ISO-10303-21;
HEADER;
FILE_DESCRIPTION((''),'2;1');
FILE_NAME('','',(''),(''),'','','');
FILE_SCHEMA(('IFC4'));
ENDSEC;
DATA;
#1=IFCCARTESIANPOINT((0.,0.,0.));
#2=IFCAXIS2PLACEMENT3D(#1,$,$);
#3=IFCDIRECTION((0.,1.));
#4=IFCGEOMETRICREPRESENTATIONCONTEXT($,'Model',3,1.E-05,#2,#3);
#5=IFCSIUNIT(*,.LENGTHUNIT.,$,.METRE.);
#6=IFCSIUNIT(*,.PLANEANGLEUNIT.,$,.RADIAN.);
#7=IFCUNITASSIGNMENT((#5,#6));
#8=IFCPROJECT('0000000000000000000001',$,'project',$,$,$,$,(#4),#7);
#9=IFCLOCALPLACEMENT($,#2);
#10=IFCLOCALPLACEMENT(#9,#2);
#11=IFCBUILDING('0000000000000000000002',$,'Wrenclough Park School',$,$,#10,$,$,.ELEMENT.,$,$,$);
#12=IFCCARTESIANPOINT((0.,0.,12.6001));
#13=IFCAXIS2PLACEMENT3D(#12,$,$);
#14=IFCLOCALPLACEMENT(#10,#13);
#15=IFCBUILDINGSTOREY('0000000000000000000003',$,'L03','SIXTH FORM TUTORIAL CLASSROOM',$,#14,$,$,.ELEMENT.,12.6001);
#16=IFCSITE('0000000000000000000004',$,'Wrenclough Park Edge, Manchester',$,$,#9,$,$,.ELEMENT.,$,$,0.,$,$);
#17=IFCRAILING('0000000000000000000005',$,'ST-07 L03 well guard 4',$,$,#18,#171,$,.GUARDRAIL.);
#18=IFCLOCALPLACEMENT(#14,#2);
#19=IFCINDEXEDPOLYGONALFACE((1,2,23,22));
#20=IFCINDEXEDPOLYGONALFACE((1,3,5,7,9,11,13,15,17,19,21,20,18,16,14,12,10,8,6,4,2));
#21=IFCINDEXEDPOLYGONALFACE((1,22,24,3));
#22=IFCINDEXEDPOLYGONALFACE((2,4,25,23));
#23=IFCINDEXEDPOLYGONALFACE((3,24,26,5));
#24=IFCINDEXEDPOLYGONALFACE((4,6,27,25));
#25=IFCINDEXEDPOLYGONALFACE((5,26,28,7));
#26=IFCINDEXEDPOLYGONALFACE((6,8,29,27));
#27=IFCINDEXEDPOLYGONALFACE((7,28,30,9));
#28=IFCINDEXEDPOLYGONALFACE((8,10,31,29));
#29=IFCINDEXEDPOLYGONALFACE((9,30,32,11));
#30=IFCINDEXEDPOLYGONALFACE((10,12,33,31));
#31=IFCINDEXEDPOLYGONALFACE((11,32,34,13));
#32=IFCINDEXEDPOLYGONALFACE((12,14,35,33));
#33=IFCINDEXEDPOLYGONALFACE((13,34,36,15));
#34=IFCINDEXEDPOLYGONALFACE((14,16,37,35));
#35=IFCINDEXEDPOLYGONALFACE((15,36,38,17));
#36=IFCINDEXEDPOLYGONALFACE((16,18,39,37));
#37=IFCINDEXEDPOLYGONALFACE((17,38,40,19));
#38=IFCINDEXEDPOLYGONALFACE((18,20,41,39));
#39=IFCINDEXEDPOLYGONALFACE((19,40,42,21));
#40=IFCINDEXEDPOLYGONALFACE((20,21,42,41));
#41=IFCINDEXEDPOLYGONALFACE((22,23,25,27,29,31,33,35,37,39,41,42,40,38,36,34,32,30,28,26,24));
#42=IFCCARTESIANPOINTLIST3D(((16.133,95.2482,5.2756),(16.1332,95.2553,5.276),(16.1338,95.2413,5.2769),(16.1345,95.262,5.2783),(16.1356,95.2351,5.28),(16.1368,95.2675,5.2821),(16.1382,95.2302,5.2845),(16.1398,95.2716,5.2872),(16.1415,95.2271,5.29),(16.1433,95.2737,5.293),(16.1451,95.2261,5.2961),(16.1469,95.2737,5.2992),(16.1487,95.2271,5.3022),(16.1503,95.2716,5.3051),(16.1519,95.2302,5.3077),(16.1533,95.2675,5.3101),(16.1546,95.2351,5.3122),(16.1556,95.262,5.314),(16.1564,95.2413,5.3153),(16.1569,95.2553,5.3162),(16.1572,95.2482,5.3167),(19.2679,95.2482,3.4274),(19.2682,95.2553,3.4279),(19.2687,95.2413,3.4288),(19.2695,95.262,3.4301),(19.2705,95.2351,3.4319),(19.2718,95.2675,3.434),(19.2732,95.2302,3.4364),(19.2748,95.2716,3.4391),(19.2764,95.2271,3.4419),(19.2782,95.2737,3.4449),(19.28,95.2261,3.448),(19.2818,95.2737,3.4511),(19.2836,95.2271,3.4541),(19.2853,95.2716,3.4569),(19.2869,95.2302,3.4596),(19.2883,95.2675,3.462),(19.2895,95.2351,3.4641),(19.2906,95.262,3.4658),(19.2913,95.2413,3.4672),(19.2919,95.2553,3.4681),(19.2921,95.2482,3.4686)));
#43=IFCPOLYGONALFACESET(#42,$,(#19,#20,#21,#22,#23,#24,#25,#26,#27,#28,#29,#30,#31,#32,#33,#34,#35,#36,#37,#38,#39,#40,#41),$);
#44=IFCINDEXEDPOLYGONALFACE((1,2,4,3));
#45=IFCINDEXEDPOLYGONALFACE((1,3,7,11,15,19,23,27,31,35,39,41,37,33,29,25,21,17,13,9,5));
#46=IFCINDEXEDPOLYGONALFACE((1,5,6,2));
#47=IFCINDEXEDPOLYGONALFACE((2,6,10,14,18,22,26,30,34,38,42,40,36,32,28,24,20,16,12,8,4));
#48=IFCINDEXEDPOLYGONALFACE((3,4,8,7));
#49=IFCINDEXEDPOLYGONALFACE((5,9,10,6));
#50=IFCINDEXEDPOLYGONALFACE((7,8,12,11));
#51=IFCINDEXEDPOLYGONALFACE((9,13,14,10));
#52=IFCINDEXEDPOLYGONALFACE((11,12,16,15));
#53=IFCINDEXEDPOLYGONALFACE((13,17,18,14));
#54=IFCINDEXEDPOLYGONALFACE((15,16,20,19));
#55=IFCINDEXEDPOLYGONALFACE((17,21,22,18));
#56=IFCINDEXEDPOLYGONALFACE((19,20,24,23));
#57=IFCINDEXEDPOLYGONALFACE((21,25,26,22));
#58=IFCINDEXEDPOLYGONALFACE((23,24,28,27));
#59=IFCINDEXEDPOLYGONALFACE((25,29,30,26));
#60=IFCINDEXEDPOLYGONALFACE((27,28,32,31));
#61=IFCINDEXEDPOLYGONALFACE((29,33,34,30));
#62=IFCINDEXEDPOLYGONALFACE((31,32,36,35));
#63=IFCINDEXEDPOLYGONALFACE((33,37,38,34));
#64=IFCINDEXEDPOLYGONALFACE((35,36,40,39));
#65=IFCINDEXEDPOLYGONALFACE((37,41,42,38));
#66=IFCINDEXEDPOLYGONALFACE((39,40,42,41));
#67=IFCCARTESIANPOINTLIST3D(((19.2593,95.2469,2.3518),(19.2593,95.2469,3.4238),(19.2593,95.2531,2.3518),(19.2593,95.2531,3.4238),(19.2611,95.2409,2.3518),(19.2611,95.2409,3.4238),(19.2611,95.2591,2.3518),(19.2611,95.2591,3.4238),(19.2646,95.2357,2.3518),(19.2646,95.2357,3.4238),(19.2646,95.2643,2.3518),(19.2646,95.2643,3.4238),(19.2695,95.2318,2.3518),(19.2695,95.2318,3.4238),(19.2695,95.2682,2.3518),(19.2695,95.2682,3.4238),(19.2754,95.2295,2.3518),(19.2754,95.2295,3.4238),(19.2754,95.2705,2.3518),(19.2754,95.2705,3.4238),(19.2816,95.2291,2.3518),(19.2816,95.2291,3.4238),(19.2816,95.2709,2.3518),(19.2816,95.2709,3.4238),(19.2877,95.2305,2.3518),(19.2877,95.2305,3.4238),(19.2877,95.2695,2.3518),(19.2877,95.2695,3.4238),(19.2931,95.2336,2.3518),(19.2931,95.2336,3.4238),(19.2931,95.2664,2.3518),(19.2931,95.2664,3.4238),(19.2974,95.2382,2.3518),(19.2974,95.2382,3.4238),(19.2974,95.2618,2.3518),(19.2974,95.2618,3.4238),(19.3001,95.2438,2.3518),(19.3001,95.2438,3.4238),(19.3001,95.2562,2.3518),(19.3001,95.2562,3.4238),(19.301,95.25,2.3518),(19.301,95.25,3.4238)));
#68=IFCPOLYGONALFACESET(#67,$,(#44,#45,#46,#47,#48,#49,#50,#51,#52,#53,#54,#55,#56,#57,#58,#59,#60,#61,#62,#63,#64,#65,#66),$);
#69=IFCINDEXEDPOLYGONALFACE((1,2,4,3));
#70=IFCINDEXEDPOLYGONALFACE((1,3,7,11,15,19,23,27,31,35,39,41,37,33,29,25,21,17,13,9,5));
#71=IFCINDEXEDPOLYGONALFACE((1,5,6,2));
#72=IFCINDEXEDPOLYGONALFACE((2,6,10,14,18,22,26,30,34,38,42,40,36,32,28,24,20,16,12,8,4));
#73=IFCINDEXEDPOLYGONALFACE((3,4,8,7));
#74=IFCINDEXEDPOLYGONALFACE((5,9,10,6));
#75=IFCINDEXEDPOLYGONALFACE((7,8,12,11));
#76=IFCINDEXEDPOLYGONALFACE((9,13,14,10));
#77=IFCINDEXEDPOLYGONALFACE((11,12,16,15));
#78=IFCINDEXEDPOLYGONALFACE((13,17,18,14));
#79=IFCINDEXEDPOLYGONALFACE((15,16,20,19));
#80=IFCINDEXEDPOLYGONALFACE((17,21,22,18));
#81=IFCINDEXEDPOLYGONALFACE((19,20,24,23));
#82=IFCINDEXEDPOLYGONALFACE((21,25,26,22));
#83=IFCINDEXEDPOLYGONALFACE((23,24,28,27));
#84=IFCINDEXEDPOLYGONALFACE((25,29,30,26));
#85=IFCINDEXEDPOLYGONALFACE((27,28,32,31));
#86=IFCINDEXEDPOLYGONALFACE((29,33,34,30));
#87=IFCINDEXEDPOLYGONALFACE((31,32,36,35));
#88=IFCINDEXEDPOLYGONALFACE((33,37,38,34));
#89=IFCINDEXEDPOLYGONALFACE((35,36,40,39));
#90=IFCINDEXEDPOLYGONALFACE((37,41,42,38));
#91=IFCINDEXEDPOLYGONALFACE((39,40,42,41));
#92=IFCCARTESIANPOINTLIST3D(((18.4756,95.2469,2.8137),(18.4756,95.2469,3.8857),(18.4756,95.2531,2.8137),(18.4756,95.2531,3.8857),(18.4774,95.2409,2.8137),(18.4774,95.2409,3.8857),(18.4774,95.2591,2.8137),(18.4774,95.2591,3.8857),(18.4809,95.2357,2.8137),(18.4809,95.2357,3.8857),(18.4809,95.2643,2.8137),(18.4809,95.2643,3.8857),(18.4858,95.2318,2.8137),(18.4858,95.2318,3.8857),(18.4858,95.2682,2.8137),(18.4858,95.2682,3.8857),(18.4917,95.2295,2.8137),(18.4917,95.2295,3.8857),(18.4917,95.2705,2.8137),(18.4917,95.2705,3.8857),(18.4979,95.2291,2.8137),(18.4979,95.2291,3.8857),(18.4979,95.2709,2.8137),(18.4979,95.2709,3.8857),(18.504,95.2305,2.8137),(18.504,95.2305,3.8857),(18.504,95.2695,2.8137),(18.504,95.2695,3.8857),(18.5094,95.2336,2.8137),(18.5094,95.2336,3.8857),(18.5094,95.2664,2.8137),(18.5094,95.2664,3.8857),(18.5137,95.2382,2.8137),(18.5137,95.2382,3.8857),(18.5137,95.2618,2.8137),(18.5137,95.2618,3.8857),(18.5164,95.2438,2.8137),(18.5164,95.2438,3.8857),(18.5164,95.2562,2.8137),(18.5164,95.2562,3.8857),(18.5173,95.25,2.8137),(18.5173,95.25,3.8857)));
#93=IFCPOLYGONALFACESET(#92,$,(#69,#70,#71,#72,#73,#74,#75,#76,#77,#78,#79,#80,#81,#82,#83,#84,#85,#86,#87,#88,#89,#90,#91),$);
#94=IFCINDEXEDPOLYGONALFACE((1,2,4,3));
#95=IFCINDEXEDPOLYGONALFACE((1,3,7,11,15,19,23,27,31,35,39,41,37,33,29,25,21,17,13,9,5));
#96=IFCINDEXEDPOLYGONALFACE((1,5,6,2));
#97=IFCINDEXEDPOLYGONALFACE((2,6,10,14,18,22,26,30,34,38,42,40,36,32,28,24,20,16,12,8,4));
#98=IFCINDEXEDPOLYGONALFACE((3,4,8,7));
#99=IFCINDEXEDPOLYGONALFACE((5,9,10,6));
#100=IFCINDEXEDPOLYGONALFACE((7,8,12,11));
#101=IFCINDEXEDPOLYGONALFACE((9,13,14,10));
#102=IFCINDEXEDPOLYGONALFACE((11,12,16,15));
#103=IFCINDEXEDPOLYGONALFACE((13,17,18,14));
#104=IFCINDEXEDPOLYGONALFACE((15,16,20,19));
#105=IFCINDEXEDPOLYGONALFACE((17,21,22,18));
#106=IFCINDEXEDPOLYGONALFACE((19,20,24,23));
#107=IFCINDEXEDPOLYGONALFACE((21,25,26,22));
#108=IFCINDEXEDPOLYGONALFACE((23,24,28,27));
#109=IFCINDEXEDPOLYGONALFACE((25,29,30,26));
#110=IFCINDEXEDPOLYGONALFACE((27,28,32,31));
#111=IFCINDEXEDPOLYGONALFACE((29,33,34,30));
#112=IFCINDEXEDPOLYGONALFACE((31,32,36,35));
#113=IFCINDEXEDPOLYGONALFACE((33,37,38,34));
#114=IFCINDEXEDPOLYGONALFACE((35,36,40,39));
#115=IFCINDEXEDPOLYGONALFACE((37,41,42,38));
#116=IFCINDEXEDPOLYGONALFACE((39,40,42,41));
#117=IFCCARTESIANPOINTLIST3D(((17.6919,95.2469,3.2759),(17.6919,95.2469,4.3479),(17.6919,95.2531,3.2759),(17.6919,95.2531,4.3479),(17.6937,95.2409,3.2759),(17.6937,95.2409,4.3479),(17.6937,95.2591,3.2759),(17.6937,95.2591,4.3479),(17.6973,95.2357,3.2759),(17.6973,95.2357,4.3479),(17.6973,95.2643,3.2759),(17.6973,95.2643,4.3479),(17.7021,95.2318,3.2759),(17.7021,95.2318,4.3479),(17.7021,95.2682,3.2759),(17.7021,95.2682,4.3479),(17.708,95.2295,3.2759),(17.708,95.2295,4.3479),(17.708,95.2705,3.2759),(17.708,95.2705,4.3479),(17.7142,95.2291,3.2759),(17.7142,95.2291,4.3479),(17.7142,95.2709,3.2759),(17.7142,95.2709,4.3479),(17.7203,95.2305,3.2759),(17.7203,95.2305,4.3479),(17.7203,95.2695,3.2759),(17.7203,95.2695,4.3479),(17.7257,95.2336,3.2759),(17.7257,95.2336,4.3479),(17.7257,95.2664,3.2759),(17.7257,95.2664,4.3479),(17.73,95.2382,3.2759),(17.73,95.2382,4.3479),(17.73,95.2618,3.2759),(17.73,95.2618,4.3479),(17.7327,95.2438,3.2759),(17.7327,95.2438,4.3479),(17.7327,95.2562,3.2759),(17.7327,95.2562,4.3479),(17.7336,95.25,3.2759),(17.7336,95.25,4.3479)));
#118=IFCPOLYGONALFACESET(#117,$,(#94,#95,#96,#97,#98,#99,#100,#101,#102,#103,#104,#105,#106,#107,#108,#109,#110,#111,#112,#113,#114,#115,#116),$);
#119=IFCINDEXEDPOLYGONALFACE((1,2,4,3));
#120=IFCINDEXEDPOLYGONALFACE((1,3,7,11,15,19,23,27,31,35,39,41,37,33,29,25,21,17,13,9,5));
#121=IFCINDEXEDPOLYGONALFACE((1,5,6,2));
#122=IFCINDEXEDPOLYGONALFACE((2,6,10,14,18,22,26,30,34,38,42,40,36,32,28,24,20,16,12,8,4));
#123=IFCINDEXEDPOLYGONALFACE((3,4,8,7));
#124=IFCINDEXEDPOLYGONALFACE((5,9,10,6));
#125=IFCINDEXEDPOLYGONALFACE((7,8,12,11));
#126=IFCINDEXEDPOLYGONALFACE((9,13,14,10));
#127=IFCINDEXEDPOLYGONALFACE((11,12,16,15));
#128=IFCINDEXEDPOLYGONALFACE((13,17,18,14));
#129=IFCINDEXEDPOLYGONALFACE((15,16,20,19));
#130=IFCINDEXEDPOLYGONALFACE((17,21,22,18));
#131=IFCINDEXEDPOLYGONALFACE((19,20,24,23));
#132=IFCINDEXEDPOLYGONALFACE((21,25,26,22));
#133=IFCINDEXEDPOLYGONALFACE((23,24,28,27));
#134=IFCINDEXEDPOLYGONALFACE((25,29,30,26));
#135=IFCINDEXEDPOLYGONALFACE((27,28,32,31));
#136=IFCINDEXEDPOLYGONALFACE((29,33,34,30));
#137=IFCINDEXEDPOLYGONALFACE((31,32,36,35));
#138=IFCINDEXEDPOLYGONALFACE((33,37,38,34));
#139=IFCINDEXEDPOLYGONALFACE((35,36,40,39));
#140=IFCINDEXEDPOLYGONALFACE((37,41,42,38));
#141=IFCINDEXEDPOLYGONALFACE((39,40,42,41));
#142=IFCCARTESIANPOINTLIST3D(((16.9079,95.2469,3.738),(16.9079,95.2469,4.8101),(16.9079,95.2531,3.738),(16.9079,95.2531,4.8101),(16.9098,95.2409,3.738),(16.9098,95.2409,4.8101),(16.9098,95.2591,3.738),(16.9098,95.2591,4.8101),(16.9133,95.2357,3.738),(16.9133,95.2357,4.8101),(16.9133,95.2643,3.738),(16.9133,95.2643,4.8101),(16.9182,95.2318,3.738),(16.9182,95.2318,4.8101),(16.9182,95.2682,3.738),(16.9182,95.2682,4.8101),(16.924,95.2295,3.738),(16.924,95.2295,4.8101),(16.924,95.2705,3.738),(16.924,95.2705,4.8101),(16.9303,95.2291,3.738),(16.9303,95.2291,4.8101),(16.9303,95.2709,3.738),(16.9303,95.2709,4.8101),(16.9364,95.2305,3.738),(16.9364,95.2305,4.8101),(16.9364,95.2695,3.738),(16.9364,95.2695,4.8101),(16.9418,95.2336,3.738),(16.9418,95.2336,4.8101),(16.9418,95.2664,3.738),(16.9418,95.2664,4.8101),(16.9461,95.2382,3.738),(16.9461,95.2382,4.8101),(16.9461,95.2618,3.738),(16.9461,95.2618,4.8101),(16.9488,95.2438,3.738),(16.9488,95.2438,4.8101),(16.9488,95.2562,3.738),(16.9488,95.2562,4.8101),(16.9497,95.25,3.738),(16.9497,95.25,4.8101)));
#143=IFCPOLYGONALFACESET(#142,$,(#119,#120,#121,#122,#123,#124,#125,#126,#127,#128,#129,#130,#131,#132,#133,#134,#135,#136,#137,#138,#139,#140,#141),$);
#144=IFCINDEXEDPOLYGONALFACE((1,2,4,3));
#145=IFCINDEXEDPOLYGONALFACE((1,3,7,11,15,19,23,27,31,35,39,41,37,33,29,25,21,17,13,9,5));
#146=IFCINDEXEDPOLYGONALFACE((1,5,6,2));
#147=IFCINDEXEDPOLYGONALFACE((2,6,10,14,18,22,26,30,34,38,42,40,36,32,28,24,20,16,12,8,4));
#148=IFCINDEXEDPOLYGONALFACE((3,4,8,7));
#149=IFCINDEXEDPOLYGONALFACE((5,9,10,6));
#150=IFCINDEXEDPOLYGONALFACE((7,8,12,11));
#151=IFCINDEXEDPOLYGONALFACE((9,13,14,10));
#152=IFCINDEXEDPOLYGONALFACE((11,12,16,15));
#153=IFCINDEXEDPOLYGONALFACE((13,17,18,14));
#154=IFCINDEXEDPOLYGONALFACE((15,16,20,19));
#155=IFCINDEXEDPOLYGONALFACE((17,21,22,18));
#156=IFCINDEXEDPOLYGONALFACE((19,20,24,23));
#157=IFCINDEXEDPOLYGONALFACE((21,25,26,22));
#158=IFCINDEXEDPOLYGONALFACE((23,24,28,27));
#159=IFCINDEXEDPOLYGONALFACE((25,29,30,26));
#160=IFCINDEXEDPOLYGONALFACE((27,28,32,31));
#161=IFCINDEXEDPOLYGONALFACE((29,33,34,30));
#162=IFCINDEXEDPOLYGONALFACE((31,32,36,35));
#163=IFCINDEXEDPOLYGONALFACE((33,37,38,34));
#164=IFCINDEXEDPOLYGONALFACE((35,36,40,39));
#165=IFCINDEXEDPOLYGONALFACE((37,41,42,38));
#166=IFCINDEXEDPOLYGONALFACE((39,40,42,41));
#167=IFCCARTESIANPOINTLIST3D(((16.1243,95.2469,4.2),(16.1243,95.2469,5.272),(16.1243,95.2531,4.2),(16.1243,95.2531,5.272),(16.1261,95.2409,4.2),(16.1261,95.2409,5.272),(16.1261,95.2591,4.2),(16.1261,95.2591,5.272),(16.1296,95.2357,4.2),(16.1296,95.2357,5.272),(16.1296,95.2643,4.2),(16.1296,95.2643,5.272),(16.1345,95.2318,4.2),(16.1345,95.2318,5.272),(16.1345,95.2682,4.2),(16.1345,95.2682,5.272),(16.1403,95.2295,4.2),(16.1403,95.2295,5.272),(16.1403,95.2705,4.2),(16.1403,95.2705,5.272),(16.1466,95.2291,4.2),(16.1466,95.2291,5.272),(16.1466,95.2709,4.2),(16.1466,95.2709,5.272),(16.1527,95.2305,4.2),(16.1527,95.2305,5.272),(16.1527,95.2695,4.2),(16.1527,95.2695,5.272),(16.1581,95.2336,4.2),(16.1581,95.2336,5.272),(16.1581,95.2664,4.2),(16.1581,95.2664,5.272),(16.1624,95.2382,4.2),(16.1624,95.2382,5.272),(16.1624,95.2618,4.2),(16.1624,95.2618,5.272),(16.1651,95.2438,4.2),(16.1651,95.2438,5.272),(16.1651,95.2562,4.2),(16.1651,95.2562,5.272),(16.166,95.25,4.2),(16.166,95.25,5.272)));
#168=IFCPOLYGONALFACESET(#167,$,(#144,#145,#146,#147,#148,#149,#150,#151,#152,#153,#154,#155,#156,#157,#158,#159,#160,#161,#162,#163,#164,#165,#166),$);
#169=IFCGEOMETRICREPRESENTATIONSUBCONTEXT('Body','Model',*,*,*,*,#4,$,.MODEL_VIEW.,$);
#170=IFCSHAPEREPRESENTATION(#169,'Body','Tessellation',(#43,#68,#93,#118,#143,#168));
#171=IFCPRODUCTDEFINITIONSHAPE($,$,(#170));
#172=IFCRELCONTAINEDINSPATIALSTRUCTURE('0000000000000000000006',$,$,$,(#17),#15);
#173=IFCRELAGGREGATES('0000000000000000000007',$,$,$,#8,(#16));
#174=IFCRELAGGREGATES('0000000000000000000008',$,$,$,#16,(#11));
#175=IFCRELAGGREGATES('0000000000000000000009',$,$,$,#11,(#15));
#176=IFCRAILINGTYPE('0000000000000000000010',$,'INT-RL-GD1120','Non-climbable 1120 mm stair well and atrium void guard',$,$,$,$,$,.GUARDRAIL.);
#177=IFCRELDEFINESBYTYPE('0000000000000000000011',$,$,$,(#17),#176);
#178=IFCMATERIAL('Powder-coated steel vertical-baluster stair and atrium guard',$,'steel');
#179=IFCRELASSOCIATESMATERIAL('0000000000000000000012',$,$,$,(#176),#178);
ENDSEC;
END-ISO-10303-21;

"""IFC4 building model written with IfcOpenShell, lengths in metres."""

from ifc_helpers import new_model, si_unit, direction, frame, origin, origin_2d, place, context, subcontext, project, spatial, circle, extrude, material, type_object, element, save


model = new_model("IFC4")

# Units and contexts
model_context = context("Model", 3, precision=1e-05, world=origin(), true_north=direction((0.0, 1.0)))
body_context = subcontext(model_context, "Body", "Model", "MODEL_VIEW")
ifc_project = project(units=[si_unit("LENGTHUNIT", "METRE"), si_unit("PLANEANGLEUNIT", "RADIAN")], contexts=[model_context])

# Site, building, storey
site_placement = place(None, origin())
site = spatial("IfcSite", under=ifc_project, at=site_placement, Name="Wrenclough Park Edge, Manchester", CompositionType="ELEMENT", RefElevation=0.0)
building_placement = place(site_placement, origin())
building = spatial("IfcBuilding", under=site, at=building_placement, Name="Wrenclough Park School", CompositionType="ELEMENT")
storey_placement = place(building_placement, frame((0.0, 0.0, 12.6001)))
storey = spatial("IfcBuildingStorey", under=building, at=storey_placement, Name="L03", Description="SIXTH FORM TUTORIAL CLASSROOM", CompositionType="ELEMENT", Elevation=12.6001)

# Railing
ifc_material_1 = material(Name="Powder-coated steel vertical-baluster stair and atrium guard", Category="steel")
railing_type_1 = type_object("IfcRailingType", Name="INT-RL-GD1120", Description="Non-climbable 1120 mm stair well and atrium void guard", PredefinedType="GUARDRAIL", material=ifc_material_1)
railing_1_placement = place(storey_placement, frame((19.28, 95.25, 2.3518)))
element("IfcRailing", 1, at=railing_1_placement, inside=storey, type_object=railing_type_1, Name="ST-07 L03 well guard 4", PredefinedType="GUARDRAIL", context=body_context, shape_type="SweptSolid", body=[
    extrude(circle(Radius=0.0239, at=origin_2d()), frame((0.0, 0.0, 1.0962), z_axis=(-0.861451, 0.0, 0.507841), x_axis=(0.0, -1.0, 0.0)), (0.0, 0.0, 1.0), 3.6392),
    extrude(circle(Radius=0.021, at=origin_2d()), origin(), (0.0, 0.0, 1.0), 1.072),
    extrude(circle(Radius=0.021, at=origin_2d()), frame((-0.7837, 0.0, 0.4619)), (0.0, 0.0, 1.0), 1.072),
    extrude(circle(Radius=0.021, at=origin_2d()), frame((-1.5674, 0.0, 0.9241)), (0.0, 0.0, 1.0), 1.072),
    extrude(circle(Radius=0.021, at=origin_2d()), frame((-2.3513, 0.0, 1.3862)), (0.0, 0.0, 1.0), 1.072),
    extrude(circle(Radius=0.021, at=origin_2d()), frame((-3.135, 0.0, 1.8481)), (0.0, 0.0, 1.0), 1.072),
])

save(model, "model.ifc")
